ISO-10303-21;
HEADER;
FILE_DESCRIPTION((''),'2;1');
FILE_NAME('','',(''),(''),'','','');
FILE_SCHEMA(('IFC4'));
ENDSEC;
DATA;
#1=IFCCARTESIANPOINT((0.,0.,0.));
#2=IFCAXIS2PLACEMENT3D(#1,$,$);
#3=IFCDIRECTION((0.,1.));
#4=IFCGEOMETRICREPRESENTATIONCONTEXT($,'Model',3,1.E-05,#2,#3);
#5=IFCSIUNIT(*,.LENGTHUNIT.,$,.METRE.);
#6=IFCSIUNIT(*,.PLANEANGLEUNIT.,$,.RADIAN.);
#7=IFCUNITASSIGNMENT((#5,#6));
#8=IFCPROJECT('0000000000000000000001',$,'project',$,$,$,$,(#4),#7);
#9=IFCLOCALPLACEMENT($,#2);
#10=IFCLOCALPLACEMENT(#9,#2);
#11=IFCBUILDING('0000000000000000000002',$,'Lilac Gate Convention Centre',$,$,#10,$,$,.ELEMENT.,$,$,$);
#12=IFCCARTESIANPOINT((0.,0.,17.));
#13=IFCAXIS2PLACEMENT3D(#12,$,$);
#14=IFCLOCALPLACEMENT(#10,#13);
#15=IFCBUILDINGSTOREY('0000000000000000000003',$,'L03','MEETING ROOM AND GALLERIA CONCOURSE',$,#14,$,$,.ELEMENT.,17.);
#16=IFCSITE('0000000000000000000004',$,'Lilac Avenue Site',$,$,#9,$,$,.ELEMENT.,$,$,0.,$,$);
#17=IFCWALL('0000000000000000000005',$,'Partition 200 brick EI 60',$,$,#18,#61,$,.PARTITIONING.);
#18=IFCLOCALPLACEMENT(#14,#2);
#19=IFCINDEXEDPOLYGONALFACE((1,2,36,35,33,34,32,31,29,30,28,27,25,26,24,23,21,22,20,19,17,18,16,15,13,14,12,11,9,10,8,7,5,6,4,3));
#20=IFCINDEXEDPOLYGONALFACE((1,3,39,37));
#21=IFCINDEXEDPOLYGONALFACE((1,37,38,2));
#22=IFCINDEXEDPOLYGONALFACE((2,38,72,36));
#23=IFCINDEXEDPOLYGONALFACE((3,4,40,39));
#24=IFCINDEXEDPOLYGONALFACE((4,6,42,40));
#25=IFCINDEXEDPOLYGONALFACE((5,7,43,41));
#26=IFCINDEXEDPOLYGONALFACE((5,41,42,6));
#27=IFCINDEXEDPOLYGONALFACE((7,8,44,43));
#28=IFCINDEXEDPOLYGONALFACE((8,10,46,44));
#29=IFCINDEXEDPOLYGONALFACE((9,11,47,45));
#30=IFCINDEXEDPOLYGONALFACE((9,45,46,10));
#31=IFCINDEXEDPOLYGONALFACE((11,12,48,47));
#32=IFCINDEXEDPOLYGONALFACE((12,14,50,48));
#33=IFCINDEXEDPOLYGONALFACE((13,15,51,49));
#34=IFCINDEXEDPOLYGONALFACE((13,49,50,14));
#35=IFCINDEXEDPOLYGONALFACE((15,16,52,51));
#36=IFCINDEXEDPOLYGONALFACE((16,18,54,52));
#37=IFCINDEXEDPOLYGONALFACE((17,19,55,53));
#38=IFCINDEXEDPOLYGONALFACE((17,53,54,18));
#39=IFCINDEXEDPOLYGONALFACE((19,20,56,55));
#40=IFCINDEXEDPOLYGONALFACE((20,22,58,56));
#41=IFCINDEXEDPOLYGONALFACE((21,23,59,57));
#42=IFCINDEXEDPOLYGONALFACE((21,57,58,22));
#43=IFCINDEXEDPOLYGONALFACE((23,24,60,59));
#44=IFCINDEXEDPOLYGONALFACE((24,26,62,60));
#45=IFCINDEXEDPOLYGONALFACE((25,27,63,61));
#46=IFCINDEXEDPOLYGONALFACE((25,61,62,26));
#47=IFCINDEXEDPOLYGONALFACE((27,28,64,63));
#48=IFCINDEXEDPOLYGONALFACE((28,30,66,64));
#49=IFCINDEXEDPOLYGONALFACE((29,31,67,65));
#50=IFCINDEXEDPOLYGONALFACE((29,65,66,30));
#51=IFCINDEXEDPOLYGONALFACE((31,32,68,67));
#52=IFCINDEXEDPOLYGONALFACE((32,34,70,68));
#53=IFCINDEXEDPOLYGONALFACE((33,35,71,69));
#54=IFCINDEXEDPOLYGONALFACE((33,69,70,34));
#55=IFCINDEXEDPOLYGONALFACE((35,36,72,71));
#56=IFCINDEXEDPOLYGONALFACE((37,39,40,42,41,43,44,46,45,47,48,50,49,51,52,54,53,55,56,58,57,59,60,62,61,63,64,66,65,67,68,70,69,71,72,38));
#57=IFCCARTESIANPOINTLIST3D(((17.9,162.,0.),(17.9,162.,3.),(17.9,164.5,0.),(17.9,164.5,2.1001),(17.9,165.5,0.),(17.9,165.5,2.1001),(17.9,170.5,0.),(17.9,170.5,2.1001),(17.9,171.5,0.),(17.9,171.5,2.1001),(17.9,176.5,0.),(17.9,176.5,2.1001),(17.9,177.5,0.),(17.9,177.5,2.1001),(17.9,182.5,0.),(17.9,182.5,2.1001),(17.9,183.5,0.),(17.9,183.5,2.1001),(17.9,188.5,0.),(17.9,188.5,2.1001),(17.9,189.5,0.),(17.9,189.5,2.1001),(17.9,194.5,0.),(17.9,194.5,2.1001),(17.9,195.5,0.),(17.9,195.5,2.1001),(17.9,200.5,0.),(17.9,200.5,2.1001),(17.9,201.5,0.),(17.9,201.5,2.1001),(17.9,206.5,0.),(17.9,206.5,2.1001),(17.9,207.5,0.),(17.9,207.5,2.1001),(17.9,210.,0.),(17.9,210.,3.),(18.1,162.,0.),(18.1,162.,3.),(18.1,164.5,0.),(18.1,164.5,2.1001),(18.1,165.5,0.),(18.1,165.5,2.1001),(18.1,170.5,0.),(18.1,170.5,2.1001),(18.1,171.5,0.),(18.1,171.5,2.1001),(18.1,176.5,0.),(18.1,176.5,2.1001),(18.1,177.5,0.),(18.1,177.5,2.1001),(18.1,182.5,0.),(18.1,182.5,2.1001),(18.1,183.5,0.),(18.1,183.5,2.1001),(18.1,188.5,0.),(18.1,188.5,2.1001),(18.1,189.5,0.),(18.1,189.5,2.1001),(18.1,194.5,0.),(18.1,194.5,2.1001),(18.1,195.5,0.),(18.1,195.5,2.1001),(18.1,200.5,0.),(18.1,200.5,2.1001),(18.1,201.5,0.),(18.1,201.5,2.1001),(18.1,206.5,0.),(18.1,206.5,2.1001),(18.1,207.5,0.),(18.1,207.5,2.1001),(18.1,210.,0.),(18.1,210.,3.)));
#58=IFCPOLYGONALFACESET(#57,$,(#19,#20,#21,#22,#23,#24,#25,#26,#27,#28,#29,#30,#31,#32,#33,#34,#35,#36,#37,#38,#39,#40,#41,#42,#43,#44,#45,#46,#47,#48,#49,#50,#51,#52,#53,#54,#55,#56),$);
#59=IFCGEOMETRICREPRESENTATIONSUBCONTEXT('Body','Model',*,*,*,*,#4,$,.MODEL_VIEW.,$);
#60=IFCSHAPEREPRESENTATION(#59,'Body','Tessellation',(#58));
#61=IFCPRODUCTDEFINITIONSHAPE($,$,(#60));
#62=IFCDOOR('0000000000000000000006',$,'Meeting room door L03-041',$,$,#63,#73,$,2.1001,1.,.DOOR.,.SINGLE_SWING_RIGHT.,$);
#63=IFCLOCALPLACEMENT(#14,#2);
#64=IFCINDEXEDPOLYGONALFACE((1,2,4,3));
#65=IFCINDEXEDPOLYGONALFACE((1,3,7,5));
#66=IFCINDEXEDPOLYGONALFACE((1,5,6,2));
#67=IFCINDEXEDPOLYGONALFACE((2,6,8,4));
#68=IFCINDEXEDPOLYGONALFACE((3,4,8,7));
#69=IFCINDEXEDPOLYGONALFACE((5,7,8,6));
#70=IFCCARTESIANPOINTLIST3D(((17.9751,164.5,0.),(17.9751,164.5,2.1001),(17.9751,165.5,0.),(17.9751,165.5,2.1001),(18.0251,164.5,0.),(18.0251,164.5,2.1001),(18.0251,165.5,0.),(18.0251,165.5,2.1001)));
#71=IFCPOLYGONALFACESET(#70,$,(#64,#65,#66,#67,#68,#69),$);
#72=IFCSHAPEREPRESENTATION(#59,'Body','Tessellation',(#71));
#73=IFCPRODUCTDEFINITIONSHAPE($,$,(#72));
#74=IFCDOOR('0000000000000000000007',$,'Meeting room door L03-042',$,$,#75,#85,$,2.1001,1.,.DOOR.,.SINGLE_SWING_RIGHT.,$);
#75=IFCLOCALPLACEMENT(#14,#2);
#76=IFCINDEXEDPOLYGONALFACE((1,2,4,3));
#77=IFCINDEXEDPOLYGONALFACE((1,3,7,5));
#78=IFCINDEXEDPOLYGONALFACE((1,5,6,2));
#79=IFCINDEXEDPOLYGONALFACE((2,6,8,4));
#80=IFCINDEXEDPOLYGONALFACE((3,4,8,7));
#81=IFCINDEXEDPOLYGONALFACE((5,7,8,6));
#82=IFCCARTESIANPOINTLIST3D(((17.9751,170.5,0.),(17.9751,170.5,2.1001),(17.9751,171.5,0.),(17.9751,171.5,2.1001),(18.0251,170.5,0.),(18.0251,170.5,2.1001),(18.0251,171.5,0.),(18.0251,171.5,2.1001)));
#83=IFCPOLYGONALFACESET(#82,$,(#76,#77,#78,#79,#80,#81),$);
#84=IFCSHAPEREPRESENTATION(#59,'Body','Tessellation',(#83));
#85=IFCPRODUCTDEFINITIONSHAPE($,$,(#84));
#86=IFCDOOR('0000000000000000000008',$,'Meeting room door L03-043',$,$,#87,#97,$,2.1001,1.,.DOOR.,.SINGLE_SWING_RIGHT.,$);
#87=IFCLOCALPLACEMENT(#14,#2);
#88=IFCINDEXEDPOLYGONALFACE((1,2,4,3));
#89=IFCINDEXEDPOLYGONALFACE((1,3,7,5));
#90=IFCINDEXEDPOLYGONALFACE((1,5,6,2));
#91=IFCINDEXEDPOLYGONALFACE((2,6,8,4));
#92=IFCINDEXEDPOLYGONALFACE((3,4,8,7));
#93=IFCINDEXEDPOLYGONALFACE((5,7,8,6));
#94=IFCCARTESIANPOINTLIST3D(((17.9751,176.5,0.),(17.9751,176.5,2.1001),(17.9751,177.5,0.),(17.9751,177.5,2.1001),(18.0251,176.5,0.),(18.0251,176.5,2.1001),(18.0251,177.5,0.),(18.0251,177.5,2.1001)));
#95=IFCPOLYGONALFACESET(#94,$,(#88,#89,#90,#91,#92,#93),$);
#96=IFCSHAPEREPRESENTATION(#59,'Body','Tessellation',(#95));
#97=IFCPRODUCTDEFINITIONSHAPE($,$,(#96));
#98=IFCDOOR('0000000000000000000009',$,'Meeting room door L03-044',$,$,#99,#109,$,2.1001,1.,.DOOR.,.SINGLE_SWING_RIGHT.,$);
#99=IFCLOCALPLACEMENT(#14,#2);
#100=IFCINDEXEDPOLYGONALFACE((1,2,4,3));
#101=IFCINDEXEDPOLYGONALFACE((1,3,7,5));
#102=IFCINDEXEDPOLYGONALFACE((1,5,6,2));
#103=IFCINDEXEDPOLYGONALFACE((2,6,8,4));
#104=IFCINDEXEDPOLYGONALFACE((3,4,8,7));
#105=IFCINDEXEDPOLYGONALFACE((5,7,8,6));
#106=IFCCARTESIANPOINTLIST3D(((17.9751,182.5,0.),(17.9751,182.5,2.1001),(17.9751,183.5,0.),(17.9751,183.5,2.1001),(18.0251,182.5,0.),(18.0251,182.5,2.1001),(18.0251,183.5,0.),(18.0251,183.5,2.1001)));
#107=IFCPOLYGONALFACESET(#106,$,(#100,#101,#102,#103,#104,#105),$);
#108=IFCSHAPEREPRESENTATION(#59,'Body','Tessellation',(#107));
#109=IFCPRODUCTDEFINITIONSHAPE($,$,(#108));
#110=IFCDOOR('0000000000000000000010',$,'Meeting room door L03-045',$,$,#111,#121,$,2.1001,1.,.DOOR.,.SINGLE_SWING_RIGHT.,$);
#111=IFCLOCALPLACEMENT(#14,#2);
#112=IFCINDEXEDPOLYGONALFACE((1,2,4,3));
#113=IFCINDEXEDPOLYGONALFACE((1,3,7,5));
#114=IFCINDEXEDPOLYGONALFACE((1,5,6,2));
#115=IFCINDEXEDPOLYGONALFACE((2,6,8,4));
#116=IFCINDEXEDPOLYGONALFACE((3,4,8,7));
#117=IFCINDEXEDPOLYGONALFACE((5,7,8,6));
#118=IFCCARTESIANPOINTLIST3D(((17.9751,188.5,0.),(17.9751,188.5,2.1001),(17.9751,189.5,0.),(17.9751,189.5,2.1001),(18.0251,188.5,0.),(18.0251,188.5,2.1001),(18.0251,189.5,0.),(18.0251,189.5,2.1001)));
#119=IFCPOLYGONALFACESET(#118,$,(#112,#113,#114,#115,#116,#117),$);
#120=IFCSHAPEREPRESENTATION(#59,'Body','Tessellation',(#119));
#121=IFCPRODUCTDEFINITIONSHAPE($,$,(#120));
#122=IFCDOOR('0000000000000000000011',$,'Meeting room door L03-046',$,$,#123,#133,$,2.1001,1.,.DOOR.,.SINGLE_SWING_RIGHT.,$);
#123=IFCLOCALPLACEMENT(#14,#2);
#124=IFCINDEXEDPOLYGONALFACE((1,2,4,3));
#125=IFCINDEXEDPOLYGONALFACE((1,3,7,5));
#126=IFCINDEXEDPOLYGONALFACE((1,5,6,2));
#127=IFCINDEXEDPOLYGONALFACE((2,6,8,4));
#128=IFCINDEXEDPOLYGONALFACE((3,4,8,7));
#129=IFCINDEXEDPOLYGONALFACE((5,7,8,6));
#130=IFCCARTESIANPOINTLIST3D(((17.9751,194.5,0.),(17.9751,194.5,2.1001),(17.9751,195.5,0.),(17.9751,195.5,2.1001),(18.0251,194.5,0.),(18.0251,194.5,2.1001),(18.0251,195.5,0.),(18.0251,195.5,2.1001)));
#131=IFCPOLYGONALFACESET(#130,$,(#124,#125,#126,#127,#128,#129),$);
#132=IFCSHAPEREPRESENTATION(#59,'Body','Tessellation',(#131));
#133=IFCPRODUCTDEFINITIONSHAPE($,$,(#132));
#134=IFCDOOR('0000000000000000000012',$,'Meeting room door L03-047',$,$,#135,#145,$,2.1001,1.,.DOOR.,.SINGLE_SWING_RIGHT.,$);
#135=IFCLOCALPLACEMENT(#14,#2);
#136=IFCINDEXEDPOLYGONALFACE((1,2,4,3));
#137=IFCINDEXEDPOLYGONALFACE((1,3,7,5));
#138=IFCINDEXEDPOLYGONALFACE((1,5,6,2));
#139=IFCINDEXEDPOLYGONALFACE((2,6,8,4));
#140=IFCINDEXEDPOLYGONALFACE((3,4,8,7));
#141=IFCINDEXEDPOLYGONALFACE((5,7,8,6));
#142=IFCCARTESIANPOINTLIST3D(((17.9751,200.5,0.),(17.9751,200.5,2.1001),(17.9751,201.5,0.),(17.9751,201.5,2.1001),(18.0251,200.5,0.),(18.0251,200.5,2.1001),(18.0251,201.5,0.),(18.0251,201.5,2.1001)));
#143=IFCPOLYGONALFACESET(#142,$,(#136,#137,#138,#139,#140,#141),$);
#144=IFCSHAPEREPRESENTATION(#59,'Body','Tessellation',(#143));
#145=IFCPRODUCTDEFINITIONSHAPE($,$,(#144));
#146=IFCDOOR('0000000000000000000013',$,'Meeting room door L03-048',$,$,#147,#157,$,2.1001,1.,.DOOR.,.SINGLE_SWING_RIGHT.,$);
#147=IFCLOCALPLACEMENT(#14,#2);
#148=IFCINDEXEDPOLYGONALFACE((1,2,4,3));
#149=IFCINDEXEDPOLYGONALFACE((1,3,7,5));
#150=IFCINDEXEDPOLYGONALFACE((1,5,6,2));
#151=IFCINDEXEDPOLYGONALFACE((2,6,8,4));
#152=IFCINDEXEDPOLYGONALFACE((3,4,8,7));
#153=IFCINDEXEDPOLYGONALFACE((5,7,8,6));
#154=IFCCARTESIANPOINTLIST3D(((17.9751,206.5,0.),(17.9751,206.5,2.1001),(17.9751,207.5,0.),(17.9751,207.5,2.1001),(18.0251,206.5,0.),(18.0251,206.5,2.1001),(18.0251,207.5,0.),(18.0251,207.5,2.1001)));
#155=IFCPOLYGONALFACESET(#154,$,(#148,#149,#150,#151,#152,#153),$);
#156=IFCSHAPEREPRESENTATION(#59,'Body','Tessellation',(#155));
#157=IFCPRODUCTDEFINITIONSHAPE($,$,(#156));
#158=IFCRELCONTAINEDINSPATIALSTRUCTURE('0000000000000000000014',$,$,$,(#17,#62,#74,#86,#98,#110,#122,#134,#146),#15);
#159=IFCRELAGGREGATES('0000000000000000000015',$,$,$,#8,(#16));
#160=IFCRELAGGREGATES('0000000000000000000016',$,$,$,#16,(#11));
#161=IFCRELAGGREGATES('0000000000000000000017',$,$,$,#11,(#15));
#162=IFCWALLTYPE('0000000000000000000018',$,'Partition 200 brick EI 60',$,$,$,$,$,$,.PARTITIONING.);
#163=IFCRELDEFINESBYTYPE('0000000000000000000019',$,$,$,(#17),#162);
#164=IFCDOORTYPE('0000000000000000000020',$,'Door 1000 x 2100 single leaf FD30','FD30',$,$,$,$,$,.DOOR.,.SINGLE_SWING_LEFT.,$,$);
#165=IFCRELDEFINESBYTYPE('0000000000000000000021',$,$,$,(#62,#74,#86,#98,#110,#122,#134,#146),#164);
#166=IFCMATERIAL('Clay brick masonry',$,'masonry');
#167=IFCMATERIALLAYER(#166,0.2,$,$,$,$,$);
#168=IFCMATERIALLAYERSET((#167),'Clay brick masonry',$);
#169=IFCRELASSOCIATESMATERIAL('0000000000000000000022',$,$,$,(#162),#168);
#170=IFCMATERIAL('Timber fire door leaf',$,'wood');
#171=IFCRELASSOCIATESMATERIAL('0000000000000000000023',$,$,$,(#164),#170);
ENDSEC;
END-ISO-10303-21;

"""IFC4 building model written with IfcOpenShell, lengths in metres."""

from ifc_helpers import new_model, si_unit, direction, frame, frame_2d, origin, place, context, subcontext, project, spatial, rectangle, extrude, material, layer, layer_set, type_object, element, fill, save


model = new_model("IFC4")

# Units and contexts
model_context = context("Model", 3, precision=1e-05, world=origin(), true_north=direction((0.0, 1.0)))
body_context = subcontext(model_context, "Body", "Model", "MODEL_VIEW")
ifc_project = project(units=[si_unit("LENGTHUNIT", "METRE"), si_unit("PLANEANGLEUNIT", "RADIAN")], contexts=[model_context])

# Site, building, storey
site_placement = place(None, origin())
site = spatial("IfcSite", under=ifc_project, at=site_placement, Name="Lilac Avenue Site", CompositionType="ELEMENT", RefElevation=0.0)
building_placement = place(site_placement, origin())
building = spatial("IfcBuilding", under=site, at=building_placement, Name="Lilac Gate Convention Centre", CompositionType="ELEMENT")
storey_placement = place(building_placement, frame((0.0, 0.0, 17.0)))
storey = spatial("IfcBuildingStorey", under=building, at=storey_placement, Name="L03", Description="MEETING ROOM AND GALLERIA CONCOURSE", CompositionType="ELEMENT", Elevation=17.0)

# Wall, openings, doors
ifc_material_1 = material(Name="Clay brick masonry", Category="masonry")
ifc_layer_1 = layer(ifc_material_1, 0.2)
ifc_layer_set_1 = layer_set([ifc_layer_1], Name="Clay brick masonry")
wall_type_1 = type_object("IfcWallType", Name="Partition 200 brick EI 60", PredefinedType="PARTITIONING", material=ifc_layer_set_1)
wall_1_placement = place(storey_placement, frame((18.0, 162.0, 0.0), z_axis=(0.0, 0.0, 1.0), x_axis=(0.0, 1.0, 0.0)))
wall_1 = element("IfcWall", 1, at=wall_1_placement, inside=storey, type_object=wall_type_1, Name="Partition 200 brick EI 60", PredefinedType="PARTITIONING", context=body_context, shape_type="SweptSolid", body=[
    extrude(rectangle(XDim=48.0, YDim=0.2, at=frame_2d((24.0, 0.0))), origin(), (0.0, 0.0, 1.0), 3.0),
])
opening_1_placement = place(wall_1_placement, frame((2.5, 0.0, 0.0)))
opening_1 = element("IfcOpeningElement", 2, at=opening_1_placement, cuts=wall_1, PredefinedType="OPENING", context=body_context, shape_type="SweptSolid", body=[
    extrude(rectangle(XDim=1.0, YDim=2.1001, at=frame_2d((0.5, 1.05))), frame((0.0, 0.1099, 0.0), z_axis=(0.0, -1.0, 0.0), x_axis=(1.0, 0.0, 0.0)), (0.0, 0.0, 1.0), 0.22),
])
opening_2_placement = place(wall_1_placement, frame((8.5, 0.0, 0.0)))
opening_2 = element("IfcOpeningElement", 3, at=opening_2_placement, cuts=wall_1, PredefinedType="OPENING", context=body_context, shape_type="SweptSolid", body=[
    extrude(rectangle(XDim=1.0, YDim=2.1001, at=frame_2d((0.5, 1.05))), frame((0.0, 0.1099, 0.0), z_axis=(0.0, -1.0, 0.0), x_axis=(1.0, 0.0, 0.0)), (0.0, 0.0, 1.0), 0.22),
])
opening_3_placement = place(wall_1_placement, frame((14.5, 0.0, 0.0)))
opening_3 = element("IfcOpeningElement", 4, at=opening_3_placement, cuts=wall_1, PredefinedType="OPENING", context=body_context, shape_type="SweptSolid", body=[
    extrude(rectangle(XDim=1.0, YDim=2.1001, at=frame_2d((0.5, 1.05))), frame((0.0, 0.1099, 0.0), z_axis=(0.0, -1.0, 0.0), x_axis=(1.0, 0.0, 0.0)), (0.0, 0.0, 1.0), 0.22),
])
opening_4_placement = place(wall_1_placement, frame((20.5, 0.0, 0.0)))
opening_4 = element("IfcOpeningElement", 5, at=opening_4_placement, cuts=wall_1, PredefinedType="OPENING", context=body_context, shape_type="SweptSolid", body=[
    extrude(rectangle(XDim=1.0, YDim=2.1001, at=frame_2d((0.5, 1.05))), frame((0.0, 0.1099, 0.0), z_axis=(0.0, -1.0, 0.0), x_axis=(1.0, 0.0, 0.0)), (0.0, 0.0, 1.0), 0.22),
])
opening_5_placement = place(wall_1_placement, frame((26.5, 0.0, 0.0)))
opening_5 = element("IfcOpeningElement", 6, at=opening_5_placement, cuts=wall_1, PredefinedType="OPENING", context=body_context, shape_type="SweptSolid", body=[
    extrude(rectangle(XDim=1.0, YDim=2.1001, at=frame_2d((0.5, 1.05))), frame((0.0, 0.1099, 0.0), z_axis=(0.0, -1.0, 0.0), x_axis=(1.0, 0.0, 0.0)), (0.0, 0.0, 1.0), 0.22),
])
opening_6_placement = place(wall_1_placement, frame((32.5, 0.0, 0.0)))
opening_6 = element("IfcOpeningElement", 7, at=opening_6_placement, cuts=wall_1, PredefinedType="OPENING", context=body_context, shape_type="SweptSolid", body=[
    extrude(rectangle(XDim=1.0, YDim=2.1001, at=frame_2d((0.5, 1.05))), frame((0.0, 0.1099, 0.0), z_axis=(0.0, -1.0, 0.0), x_axis=(1.0, 0.0, 0.0)), (0.0, 0.0, 1.0), 0.22),
])
opening_7_placement = place(wall_1_placement, frame((38.5, 0.0, 0.0)))
opening_7 = element("IfcOpeningElement", 8, at=opening_7_placement, cuts=wall_1, PredefinedType="OPENING", context=body_context, shape_type="SweptSolid", body=[
    extrude(rectangle(XDim=1.0, YDim=2.1001, at=frame_2d((0.5, 1.05))), frame((0.0, 0.1099, 0.0), z_axis=(0.0, -1.0, 0.0), x_axis=(1.0, 0.0, 0.0)), (0.0, 0.0, 1.0), 0.22),
])
opening_8_placement = place(wall_1_placement, frame((44.5, 0.0, 0.0)))
opening_8 = element("IfcOpeningElement", 9, at=opening_8_placement, cuts=wall_1, PredefinedType="OPENING", context=body_context, shape_type="SweptSolid", body=[
    extrude(rectangle(XDim=1.0, YDim=2.1001, at=frame_2d((0.5, 1.05))), frame((0.0, 0.1099, 0.0), z_axis=(0.0, -1.0, 0.0), x_axis=(1.0, 0.0, 0.0)), (0.0, 0.0, 1.0), 0.22),
])
ifc_material_2 = material(Name="Timber fire door leaf", Category="wood")
door_type_1 = type_object("IfcDoorType", Name="Door 1000 x 2100 single leaf FD30", Description="FD30", OperationType="SINGLE_SWING_LEFT", PredefinedType="DOOR", material=ifc_material_2)
door_1_placement = place(opening_1_placement, origin())
door_1 = element("IfcDoor", 10, at=door_1_placement, inside=storey, type_object=door_type_1, Name="Meeting room door L03-041", OperationType="SINGLE_SWING_RIGHT", OverallHeight=2.1001, OverallWidth=1.0, PredefinedType="DOOR", context=body_context, shape_type="SweptSolid", body=[
    extrude(rectangle(XDim=1.0, YDim=2.1001, at=frame_2d((0.5, 1.05))), frame((0.0, 0.0249, 0.0), z_axis=(0.0, -1.0, 0.0), x_axis=(1.0, 0.0, 0.0)), (0.0, 0.0, 1.0), 0.05),
])
fill(opening_1, door_1)
door_2_placement = place(opening_2_placement, origin())
door_2 = element("IfcDoor", 11, at=door_2_placement, inside=storey, type_object=door_type_1, Name="Meeting room door L03-042", OperationType="SINGLE_SWING_RIGHT", OverallHeight=2.1001, OverallWidth=1.0, PredefinedType="DOOR", context=body_context, shape_type="SweptSolid", body=[
    extrude(rectangle(XDim=1.0, YDim=2.1001, at=frame_2d((0.5, 1.05))), frame((0.0, 0.0249, 0.0), z_axis=(0.0, -1.0, 0.0), x_axis=(1.0, 0.0, 0.0)), (0.0, 0.0, 1.0), 0.05),
])
fill(opening_2, door_2)
door_3_placement = place(opening_3_placement, origin())
door_3 = element("IfcDoor", 12, at=door_3_placement, inside=storey, type_object=door_type_1, Name="Meeting room door L03-043", OperationType="SINGLE_SWING_RIGHT", OverallHeight=2.1001, OverallWidth=1.0, PredefinedType="DOOR", context=body_context, shape_type="SweptSolid", body=[
    extrude(rectangle(XDim=1.0, YDim=2.1001, at=frame_2d((0.5, 1.05))), frame((0.0, 0.0249, 0.0), z_axis=(0.0, -1.0, 0.0), x_axis=(1.0, 0.0, 0.0)), (0.0, 0.0, 1.0), 0.05),
])
fill(opening_3, door_3)
door_4_placement = place(opening_4_placement, origin())
door_4 = element("IfcDoor", 13, at=door_4_placement, inside=storey, type_object=door_type_1, Name="Meeting room door L03-044", OperationType="SINGLE_SWING_RIGHT", OverallHeight=2.1001, OverallWidth=1.0, PredefinedType="DOOR", context=body_context, shape_type="SweptSolid", body=[
    extrude(rectangle(XDim=1.0, YDim=2.1001, at=frame_2d((0.5, 1.05))), frame((0.0, 0.0249, 0.0), z_axis=(0.0, -1.0, 0.0), x_axis=(1.0, 0.0, 0.0)), (0.0, 0.0, 1.0), 0.05),
])
fill(opening_4, door_4)
door_5_placement = place(opening_5_placement, origin())
door_5 = element("IfcDoor", 14, at=door_5_placement, inside=storey, type_object=door_type_1, Name="Meeting room door L03-045", OperationType="SINGLE_SWING_RIGHT", OverallHeight=2.1001, OverallWidth=1.0, PredefinedType="DOOR", context=body_context, shape_type="SweptSolid", body=[
    extrude(rectangle(XDim=1.0, YDim=2.1001, at=frame_2d((0.5, 1.05))), frame((0.0, 0.0249, 0.0), z_axis=(0.0, -1.0, 0.0), x_axis=(1.0, 0.0, 0.0)), (0.0, 0.0, 1.0), 0.05),
])
fill(opening_5, door_5)
door_6_placement = place(opening_6_placement, origin())
door_6 = element("IfcDoor", 15, at=door_6_placement, inside=storey, type_object=door_type_1, Name="Meeting room door L03-046", OperationType="SINGLE_SWING_RIGHT", OverallHeight=2.1001, OverallWidth=1.0, PredefinedType="DOOR", context=body_context, shape_type="SweptSolid", body=[
    extrude(rectangle(XDim=1.0, YDim=2.1001, at=frame_2d((0.5, 1.05))), frame((0.0, 0.0249, 0.0), z_axis=(0.0, -1.0, 0.0), x_axis=(1.0, 0.0, 0.0)), (0.0, 0.0, 1.0), 0.05),
])
fill(opening_6, door_6)
door_7_placement = place(opening_7_placement, origin())
door_7 = element("IfcDoor", 16, at=door_7_placement, inside=storey, type_object=door_type_1, Name="Meeting room door L03-047", OperationType="SINGLE_SWING_RIGHT", OverallHeight=2.1001, OverallWidth=1.0, PredefinedType="DOOR", context=body_context, shape_type="SweptSolid", body=[
    extrude(rectangle(XDim=1.0, YDim=2.1001, at=frame_2d((0.5, 1.05))), frame((0.0, 0.0249, 0.0), z_axis=(0.0, -1.0, 0.0), x_axis=(1.0, 0.0, 0.0)), (0.0, 0.0, 1.0), 0.05),
])
fill(opening_7, door_7)
door_8_placement = place(opening_8_placement, origin())
door_8 = element("IfcDoor", 17, at=door_8_placement, inside=storey, type_object=door_type_1, Name="Meeting room door L03-048", OperationType="SINGLE_SWING_RIGHT", OverallHeight=2.1001, OverallWidth=1.0, PredefinedType="DOOR", context=body_context, shape_type="SweptSolid", body=[
    extrude(rectangle(XDim=1.0, YDim=2.1001, at=frame_2d((0.5, 1.05))), frame((0.0, 0.0249, 0.0), z_axis=(0.0, -1.0, 0.0), x_axis=(1.0, 0.0, 0.0)), (0.0, 0.0, 1.0), 0.05),
])
fill(opening_8, door_8)

save(model, "model.ifc")
